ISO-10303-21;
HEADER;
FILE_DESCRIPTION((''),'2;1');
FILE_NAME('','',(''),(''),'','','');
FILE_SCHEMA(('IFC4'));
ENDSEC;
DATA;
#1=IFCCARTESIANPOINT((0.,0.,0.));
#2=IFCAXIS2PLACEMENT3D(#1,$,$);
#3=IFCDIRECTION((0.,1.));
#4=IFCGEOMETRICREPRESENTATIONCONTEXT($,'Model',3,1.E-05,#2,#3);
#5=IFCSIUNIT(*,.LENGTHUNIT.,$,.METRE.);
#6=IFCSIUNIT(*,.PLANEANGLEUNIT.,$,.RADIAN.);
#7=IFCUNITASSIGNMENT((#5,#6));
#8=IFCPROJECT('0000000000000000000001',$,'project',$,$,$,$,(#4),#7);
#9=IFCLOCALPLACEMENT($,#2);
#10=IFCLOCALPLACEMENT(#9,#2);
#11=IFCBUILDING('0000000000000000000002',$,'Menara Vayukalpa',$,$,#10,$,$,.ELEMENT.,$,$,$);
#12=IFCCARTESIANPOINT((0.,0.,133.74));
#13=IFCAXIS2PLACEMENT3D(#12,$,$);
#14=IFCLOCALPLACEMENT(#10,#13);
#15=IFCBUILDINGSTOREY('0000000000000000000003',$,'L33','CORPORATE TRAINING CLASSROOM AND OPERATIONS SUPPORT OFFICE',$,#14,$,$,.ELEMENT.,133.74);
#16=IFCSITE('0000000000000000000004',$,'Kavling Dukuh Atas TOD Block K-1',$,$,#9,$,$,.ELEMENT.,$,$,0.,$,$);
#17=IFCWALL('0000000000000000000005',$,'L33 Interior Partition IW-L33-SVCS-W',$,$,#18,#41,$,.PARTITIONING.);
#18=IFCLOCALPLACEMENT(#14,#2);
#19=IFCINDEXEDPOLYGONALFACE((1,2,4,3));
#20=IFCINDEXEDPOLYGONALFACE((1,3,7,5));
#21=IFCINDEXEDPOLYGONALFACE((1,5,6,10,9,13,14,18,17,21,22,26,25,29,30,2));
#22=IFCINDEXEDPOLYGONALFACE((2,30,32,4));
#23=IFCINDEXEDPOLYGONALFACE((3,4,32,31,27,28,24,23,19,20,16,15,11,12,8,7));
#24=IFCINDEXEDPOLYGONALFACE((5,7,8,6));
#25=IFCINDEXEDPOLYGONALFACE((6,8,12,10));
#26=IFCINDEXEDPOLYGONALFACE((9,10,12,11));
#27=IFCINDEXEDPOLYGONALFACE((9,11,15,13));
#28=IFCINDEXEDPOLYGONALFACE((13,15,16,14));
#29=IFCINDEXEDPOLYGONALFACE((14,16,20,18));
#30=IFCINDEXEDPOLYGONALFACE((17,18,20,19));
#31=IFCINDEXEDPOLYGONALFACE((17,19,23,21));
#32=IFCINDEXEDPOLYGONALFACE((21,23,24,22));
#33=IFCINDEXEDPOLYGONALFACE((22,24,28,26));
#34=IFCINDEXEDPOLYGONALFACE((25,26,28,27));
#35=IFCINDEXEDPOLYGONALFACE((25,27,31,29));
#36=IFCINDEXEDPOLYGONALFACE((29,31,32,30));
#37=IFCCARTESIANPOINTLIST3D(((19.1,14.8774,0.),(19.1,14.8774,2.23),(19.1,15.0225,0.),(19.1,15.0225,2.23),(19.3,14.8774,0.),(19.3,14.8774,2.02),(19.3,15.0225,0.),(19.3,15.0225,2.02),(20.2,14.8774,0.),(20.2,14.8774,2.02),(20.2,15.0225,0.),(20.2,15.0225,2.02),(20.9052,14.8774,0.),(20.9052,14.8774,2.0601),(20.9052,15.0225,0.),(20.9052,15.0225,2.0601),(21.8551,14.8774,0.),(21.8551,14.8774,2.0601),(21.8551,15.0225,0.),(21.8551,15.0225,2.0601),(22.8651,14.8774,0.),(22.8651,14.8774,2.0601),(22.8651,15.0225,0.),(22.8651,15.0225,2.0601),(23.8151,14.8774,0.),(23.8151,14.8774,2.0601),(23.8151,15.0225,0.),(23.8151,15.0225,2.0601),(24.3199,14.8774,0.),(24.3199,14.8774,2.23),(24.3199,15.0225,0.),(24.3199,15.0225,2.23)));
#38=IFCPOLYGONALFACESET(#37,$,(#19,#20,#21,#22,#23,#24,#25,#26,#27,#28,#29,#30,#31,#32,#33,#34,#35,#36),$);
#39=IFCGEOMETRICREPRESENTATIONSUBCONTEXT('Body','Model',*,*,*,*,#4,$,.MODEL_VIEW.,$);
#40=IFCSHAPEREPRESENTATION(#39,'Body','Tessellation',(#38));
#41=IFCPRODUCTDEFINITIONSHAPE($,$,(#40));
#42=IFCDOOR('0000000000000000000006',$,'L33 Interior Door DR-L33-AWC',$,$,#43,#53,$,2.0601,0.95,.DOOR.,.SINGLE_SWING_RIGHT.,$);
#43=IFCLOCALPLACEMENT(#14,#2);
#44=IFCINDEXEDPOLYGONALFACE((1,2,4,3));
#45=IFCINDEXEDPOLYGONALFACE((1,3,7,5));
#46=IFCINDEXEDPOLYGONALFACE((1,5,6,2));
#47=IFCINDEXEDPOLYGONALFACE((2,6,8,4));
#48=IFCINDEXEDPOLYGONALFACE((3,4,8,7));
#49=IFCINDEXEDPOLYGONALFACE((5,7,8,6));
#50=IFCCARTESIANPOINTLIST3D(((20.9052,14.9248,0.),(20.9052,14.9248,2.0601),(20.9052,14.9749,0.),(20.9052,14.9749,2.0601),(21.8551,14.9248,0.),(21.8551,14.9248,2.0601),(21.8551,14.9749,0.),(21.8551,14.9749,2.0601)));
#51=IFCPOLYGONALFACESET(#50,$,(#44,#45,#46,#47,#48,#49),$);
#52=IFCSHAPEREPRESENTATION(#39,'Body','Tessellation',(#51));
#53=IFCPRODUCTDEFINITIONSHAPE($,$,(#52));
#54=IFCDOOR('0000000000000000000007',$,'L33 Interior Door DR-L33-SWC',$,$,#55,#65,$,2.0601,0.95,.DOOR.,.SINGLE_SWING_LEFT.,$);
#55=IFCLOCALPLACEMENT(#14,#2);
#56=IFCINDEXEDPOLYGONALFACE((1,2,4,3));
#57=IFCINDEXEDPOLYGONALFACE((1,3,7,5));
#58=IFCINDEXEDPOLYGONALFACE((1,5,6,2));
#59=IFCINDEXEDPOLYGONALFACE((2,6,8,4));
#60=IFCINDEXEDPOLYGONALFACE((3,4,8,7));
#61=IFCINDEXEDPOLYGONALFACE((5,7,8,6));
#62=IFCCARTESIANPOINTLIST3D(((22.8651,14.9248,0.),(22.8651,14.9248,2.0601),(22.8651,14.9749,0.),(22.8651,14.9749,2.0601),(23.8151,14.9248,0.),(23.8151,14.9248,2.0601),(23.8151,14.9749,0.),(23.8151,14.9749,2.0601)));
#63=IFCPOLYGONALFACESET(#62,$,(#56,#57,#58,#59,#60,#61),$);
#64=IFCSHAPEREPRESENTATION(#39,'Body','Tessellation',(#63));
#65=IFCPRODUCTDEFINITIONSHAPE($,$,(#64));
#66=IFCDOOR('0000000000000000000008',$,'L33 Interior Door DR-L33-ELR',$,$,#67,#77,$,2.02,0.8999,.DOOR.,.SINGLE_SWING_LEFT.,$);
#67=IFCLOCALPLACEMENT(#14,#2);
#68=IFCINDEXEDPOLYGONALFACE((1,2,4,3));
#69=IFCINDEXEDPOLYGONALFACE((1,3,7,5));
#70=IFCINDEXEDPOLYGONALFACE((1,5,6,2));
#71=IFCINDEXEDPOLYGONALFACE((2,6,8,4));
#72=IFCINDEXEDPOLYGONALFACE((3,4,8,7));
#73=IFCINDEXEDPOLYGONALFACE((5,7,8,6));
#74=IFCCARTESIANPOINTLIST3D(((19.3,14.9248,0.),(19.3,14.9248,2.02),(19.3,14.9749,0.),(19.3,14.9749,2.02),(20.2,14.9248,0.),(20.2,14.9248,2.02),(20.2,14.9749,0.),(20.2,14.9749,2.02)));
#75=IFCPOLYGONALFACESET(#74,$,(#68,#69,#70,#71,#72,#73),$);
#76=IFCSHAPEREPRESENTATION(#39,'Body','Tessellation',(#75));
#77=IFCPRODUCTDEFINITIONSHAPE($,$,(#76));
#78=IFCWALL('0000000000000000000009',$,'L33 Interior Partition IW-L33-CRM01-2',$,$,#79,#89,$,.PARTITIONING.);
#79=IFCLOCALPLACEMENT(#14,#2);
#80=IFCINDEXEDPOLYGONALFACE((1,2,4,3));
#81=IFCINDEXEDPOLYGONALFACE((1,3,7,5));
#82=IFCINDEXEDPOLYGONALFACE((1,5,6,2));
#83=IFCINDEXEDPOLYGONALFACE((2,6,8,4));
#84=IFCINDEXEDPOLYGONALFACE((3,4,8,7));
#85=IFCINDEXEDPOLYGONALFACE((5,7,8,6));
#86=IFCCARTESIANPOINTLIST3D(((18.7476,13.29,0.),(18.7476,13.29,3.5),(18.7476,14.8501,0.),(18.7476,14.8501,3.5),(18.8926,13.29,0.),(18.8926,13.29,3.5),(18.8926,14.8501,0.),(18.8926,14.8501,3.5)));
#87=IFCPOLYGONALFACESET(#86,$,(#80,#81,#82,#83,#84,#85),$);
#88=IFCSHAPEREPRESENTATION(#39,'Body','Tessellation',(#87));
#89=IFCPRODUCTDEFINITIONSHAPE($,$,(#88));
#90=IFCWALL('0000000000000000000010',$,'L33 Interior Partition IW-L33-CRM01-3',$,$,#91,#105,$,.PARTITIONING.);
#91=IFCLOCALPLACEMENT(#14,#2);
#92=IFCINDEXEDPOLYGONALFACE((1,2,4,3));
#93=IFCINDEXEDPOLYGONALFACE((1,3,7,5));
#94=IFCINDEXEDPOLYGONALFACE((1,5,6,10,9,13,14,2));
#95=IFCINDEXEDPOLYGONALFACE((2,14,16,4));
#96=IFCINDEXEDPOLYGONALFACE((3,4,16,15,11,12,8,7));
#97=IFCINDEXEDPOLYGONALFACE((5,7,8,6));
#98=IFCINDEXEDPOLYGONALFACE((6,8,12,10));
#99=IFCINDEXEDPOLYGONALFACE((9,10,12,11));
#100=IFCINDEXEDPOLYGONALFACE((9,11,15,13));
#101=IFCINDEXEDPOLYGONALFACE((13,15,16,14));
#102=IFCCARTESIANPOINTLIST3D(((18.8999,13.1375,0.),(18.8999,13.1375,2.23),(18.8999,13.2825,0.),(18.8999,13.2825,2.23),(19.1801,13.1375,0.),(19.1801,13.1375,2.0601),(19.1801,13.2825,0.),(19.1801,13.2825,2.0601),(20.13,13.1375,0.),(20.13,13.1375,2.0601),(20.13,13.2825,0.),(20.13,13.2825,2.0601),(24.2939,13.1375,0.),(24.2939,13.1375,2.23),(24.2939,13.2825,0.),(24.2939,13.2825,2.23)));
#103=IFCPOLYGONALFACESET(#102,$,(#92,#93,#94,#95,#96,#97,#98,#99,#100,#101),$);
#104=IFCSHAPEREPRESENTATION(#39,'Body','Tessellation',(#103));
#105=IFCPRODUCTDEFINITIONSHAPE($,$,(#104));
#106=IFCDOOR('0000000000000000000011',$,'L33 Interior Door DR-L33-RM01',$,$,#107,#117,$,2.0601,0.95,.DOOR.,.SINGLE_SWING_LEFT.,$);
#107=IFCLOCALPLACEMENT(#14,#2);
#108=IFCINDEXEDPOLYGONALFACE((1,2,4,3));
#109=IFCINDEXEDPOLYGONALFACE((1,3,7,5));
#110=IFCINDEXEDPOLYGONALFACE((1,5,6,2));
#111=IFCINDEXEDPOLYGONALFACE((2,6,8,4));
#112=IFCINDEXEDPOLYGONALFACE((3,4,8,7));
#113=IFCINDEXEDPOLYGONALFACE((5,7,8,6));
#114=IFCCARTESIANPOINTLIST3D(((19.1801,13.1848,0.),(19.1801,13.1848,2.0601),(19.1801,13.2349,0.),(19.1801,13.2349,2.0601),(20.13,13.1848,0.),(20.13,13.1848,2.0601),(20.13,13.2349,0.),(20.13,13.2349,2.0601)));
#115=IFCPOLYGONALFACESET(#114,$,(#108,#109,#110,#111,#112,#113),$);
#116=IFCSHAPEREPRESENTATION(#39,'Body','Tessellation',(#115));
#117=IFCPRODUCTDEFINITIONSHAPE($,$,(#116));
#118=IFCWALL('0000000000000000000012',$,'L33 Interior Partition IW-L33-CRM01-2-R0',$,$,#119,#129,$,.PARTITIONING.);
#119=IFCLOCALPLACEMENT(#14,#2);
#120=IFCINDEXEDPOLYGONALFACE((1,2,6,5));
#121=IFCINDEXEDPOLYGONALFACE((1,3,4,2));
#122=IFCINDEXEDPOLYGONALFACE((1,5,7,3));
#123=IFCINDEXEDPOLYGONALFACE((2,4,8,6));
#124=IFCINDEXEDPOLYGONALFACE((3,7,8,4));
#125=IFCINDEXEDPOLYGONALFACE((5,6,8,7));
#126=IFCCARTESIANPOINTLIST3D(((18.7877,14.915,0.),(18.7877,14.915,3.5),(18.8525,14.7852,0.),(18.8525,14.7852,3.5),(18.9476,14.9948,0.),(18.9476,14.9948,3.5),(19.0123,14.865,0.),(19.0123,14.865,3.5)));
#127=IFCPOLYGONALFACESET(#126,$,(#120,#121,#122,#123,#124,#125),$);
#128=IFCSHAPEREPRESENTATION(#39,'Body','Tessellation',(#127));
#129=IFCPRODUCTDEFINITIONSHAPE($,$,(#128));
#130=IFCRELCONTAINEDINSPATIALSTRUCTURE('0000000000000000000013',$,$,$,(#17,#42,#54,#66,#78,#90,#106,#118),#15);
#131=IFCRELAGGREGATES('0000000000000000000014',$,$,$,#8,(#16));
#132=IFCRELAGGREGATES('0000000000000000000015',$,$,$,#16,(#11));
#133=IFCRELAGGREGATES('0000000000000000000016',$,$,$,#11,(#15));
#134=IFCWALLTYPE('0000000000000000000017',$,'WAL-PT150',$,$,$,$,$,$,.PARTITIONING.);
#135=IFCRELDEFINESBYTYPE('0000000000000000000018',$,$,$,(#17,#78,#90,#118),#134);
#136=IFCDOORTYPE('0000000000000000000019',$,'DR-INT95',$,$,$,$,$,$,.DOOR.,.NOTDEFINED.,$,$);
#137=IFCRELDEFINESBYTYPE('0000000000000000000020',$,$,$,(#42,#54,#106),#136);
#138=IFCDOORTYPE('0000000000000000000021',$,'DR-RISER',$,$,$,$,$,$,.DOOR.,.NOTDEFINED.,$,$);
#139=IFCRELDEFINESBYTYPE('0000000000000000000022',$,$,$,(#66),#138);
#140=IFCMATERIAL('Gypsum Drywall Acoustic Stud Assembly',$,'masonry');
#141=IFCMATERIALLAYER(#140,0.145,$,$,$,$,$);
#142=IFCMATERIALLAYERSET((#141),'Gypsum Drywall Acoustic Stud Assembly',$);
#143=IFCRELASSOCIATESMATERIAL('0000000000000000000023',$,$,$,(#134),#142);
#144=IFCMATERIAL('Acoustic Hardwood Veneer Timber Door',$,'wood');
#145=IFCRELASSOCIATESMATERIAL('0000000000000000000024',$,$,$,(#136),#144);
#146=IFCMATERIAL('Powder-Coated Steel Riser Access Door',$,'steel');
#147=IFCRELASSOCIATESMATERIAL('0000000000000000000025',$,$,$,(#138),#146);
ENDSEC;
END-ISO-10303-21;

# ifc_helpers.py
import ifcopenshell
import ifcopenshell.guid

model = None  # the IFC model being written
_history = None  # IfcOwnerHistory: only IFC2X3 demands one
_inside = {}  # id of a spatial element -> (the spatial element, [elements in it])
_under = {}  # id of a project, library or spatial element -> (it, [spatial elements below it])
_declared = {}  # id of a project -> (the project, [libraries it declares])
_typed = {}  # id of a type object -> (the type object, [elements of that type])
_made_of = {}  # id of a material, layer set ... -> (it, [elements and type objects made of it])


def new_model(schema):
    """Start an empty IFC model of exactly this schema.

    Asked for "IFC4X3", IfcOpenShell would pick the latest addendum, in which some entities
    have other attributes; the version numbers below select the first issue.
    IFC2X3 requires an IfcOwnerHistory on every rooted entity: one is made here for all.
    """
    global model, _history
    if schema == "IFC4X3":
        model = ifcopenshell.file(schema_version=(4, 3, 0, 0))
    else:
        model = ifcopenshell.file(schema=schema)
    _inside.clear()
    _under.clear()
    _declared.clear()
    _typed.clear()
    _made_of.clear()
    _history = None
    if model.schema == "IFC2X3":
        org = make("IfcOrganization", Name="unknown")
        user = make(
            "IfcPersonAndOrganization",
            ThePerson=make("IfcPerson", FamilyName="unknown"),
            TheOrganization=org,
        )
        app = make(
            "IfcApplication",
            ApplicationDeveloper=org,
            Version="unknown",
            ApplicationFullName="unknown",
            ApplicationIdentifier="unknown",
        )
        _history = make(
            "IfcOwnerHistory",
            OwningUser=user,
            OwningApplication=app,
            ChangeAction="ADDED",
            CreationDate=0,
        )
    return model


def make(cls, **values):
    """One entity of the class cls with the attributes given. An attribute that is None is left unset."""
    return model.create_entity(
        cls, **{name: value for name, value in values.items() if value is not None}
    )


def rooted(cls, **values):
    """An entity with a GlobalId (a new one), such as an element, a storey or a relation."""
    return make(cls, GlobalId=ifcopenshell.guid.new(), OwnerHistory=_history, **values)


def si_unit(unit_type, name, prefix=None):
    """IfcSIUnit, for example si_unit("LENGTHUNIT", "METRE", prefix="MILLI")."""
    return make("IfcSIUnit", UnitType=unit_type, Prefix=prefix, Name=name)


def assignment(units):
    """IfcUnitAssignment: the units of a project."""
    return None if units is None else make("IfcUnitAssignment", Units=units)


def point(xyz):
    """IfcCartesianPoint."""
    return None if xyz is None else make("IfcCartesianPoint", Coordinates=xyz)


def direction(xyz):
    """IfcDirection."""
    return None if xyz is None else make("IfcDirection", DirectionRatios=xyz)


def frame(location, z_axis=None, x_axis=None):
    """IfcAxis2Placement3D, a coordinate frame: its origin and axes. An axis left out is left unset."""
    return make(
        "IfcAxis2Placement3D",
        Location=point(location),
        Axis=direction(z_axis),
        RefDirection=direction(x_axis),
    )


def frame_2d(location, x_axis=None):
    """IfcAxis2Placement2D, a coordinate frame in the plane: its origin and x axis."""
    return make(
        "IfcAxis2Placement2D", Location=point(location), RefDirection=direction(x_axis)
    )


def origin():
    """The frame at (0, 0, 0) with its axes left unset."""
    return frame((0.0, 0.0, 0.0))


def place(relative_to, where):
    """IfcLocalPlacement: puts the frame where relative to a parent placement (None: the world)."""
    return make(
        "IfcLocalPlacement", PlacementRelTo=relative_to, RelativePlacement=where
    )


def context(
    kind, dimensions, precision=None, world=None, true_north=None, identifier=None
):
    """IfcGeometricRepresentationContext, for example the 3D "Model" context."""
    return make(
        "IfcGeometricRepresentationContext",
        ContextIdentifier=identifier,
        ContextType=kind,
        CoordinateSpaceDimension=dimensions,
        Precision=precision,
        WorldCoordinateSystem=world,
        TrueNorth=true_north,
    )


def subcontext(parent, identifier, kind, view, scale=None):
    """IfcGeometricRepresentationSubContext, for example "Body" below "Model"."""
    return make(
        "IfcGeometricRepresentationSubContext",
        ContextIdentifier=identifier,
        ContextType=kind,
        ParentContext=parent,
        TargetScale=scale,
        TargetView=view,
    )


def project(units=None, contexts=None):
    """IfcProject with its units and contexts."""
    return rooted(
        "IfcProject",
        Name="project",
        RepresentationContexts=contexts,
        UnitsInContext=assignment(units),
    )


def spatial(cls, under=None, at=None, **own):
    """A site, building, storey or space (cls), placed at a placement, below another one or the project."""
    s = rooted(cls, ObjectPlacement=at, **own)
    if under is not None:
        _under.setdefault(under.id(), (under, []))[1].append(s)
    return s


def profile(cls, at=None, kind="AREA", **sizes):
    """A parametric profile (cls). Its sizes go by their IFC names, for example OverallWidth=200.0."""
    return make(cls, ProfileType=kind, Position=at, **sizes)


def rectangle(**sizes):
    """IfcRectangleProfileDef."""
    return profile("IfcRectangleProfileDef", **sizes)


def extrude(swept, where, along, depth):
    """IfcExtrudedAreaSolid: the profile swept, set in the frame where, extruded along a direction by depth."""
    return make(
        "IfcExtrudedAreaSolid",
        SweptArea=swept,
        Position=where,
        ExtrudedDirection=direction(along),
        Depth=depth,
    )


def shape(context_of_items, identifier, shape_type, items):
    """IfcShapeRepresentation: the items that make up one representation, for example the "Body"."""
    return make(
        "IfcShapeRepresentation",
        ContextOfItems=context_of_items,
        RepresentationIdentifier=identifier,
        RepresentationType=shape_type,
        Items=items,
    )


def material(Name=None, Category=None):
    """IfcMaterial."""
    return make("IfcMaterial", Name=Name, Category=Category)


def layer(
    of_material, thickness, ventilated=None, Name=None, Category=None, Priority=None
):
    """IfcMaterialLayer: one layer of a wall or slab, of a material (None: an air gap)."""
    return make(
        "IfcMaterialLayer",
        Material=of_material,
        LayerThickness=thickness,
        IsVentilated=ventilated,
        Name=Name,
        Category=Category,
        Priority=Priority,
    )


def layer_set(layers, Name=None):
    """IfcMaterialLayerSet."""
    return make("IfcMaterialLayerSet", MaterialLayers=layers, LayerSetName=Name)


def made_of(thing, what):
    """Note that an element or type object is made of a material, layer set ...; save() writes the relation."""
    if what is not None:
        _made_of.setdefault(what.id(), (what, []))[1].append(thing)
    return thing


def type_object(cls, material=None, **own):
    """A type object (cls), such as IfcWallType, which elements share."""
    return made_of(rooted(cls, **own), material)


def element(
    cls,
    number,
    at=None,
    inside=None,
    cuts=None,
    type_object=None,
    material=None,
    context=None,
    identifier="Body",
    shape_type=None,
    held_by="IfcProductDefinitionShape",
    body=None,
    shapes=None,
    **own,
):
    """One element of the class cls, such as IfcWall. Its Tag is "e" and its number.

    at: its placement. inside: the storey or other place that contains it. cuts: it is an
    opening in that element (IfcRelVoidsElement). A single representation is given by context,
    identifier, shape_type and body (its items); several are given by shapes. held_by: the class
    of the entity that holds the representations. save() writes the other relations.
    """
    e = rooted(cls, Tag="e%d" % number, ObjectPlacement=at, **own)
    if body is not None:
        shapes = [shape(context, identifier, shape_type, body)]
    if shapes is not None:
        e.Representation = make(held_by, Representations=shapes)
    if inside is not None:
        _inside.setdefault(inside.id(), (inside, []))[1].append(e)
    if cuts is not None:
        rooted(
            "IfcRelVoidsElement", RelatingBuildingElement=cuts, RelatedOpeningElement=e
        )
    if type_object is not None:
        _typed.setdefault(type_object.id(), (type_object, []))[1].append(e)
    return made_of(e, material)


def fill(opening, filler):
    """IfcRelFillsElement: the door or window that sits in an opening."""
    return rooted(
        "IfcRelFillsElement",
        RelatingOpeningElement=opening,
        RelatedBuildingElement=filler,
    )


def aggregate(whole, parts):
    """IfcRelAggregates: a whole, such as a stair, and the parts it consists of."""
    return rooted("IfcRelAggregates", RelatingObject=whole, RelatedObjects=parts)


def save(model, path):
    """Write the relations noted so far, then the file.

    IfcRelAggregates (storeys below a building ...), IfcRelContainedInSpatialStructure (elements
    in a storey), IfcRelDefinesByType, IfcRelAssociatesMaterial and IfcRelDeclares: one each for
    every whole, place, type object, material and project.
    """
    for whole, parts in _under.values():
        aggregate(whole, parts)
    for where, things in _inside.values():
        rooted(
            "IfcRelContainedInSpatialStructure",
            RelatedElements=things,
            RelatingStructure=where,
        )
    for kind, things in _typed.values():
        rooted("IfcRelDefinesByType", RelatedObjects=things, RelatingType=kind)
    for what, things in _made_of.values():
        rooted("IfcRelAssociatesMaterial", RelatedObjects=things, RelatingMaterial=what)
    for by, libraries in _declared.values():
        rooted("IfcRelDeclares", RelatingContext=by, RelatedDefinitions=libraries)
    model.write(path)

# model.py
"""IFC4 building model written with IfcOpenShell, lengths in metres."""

from ifc_helpers import new_model, si_unit, direction, frame, frame_2d, origin, place, context, subcontext, project, spatial, rectangle, extrude, material, layer, layer_set, type_object, element, fill, save


model = new_model("IFC4")

# Units and contexts
model_context = context("Model", 3, precision=1e-05, world=origin(), true_north=direction((0.0, 1.0)))
body_context = subcontext(model_context, "Body", "Model", "MODEL_VIEW")
ifc_project = project(units=[si_unit("LENGTHUNIT", "METRE"), si_unit("PLANEANGLEUNIT", "RADIAN")], contexts=[model_context])

# Site, building, storey
site_placement = place(None, origin())
site = spatial("IfcSite", under=ifc_project, at=site_placement, Name="Kavling Dukuh Atas TOD Block K-1", CompositionType="ELEMENT", RefElevation=0.0)
building_placement = place(site_placement, origin())
building = spatial("IfcBuilding", under=site, at=building_placement, Name="Menara Vayukalpa", CompositionType="ELEMENT")
storey_placement = place(building_placement, frame((0.0, 0.0, 133.74)))
storey = spatial("IfcBuildingStorey", under=building, at=storey_placement, Name="L33", Description="CORPORATE TRAINING CLASSROOM AND OPERATIONS SUPPORT OFFICE", CompositionType="ELEMENT", Elevation=133.74)

# Wall, openings, doors
ifc_material_1 = material(Name="Gypsum Drywall Acoustic Stud Assembly", Category="masonry")
ifc_layer_1 = layer(ifc_material_1, 0.145)
ifc_layer_set_1 = layer_set([ifc_layer_1], Name="Gypsum Drywall Acoustic Stud Assembly")
wall_type_1 = type_object("IfcWallType", Name="WAL-PT150", PredefinedType="PARTITIONING", material=ifc_layer_set_1)
wall_1_placement = place(storey_placement, frame((19.1001, 14.95, 0.0), z_axis=(0.0, 0.0, 1.0), x_axis=(1.0, 0.0, 0.0)))
wall_1 = element("IfcWall", 1, at=wall_1_placement, inside=storey, type_object=wall_type_1, Name="L33 Interior Partition IW-L33-SVCS-W", PredefinedType="PARTITIONING", context=body_context, shape_type="SweptSolid", body=[
    extrude(rectangle(XDim=5.22, YDim=0.145, at=frame_2d((2.6099, 0.0))), origin(), (0.0, 0.0, 1.0), 2.23),
])
opening_1_placement = place(wall_1_placement, frame((0.2, 0.0, 0.0)))
opening_1 = element("IfcOpeningElement", 2, at=opening_1_placement, cuts=wall_1, PredefinedType="OPENING", context=body_context, shape_type="SweptSolid", body=[
    extrude(rectangle(XDim=0.8999, YDim=2.02, at=frame_2d((0.45, 1.01))), frame((0.0, 0.0825, 0.0), z_axis=(0.0, -1.0, 0.0), x_axis=(1.0, 0.0, 0.0)), (0.0, 0.0, 1.0), 0.165),
])
opening_2_placement = place(wall_1_placement, frame((1.8049, 0.0, 0.0)))
opening_2 = element("IfcOpeningElement", 3, at=opening_2_placement, cuts=wall_1, PredefinedType="OPENING", context=body_context, shape_type="SweptSolid", body=[
    extrude(rectangle(XDim=0.95, YDim=2.0601, at=frame_2d((0.4751, 1.03))), frame((0.0, 0.0825, 0.0), z_axis=(0.0, -1.0, 0.0), x_axis=(1.0, 0.0, 0.0)), (0.0, 0.0, 1.0), 0.165),
])
opening_3_placement = place(wall_1_placement, frame((3.7649, 0.0, 0.0)))
opening_3 = element("IfcOpeningElement", 4, at=opening_3_placement, cuts=wall_1, PredefinedType="OPENING", context=body_context, shape_type="SweptSolid", body=[
    extrude(rectangle(XDim=0.95, YDim=2.0601, at=frame_2d((0.4751, 1.03))), frame((0.0, 0.0825, 0.0), z_axis=(0.0, -1.0, 0.0), x_axis=(1.0, 0.0, 0.0)), (0.0, 0.0, 1.0), 0.165),
])
ifc_material_2 = material(Name="Acoustic Hardwood Veneer Timber Door", Category="wood")
door_type_1 = type_object("IfcDoorType", Name="DR-INT95", OperationType="NOTDEFINED", PredefinedType="DOOR", material=ifc_material_2)
door_1_placement = place(opening_2_placement, origin())
door_1 = element("IfcDoor", 5, at=door_1_placement, inside=storey, type_object=door_type_1, Name="L33 Interior Door DR-L33-AWC", OperationType="SINGLE_SWING_RIGHT", OverallHeight=2.0601, OverallWidth=0.95, PredefinedType="DOOR", context=body_context, shape_type="SweptSolid", body=[
    extrude(rectangle(XDim=0.95, YDim=2.0601, at=frame_2d((0.4751, 1.03))), frame((0.0, 0.0249, 0.0), z_axis=(0.0, -1.0, 0.0), x_axis=(1.0, 0.0, 0.0)), (0.0, 0.0, 1.0), 0.05),
])
fill(opening_2, door_1)
door_2_placement = place(opening_3_placement, origin())
door_2 = element("IfcDoor", 6, at=door_2_placement, inside=storey, type_object=door_type_1, Name="L33 Interior Door DR-L33-SWC", OperationType="SINGLE_SWING_LEFT", OverallHeight=2.0601, OverallWidth=0.95, PredefinedType="DOOR", context=body_context, shape_type="SweptSolid", body=[
    extrude(rectangle(XDim=0.95, YDim=2.0601, at=frame_2d((0.4751, 1.03))), frame((0.0, 0.0249, 0.0), z_axis=(0.0, -1.0, 0.0), x_axis=(1.0, 0.0, 0.0)), (0.0, 0.0, 1.0), 0.05),
])
fill(opening_3, door_2)
ifc_material_3 = material(Name="Powder-Coated Steel Riser Access Door", Category="steel")
door_type_2 = type_object("IfcDoorType", Name="DR-RISER", OperationType="NOTDEFINED", PredefinedType="DOOR", material=ifc_material_3)
door_3_placement = place(opening_1_placement, origin())
door_3 = element("IfcDoor", 7, at=door_3_placement, inside=storey, type_object=door_type_2, Name="L33 Interior Door DR-L33-ELR", OperationType="SINGLE_SWING_LEFT", OverallHeight=2.02, OverallWidth=0.8999, PredefinedType="DOOR", context=body_context, shape_type="SweptSolid", body=[
    extrude(rectangle(XDim=0.8999, YDim=2.02, at=frame_2d((0.45, 1.01))), frame((0.0, 0.0249, 0.0), z_axis=(0.0, -1.0, 0.0), x_axis=(1.0, 0.0, 0.0)), (0.0, 0.0, 1.0), 0.05),
])
fill(opening_1, door_3)

# Wall
wall_2_placement = place(storey_placement, frame((18.8201, 14.8501, 0.0), z_axis=(0.0, 0.0, 1.0), x_axis=(0.0, -1.0, 0.0)))
element("IfcWall", 8, at=wall_2_placement, inside=storey, type_object=wall_type_1, Name="L33 Interior Partition IW-L33-CRM01-2", PredefinedType="PARTITIONING", context=body_context, shape_type="SweptSolid", body=[
    extrude(rectangle(XDim=1.5601, YDim=0.145, at=frame_2d((0.78, 0.0))), origin(), (0.0, 0.0, 1.0), 3.5),
])

# Wall, opening, door
wall_3_placement = place(storey_placement, frame((18.8999, 13.21, 0.0), z_axis=(0.0, 0.0, 1.0), x_axis=(1.0, 0.0, 0.0)))
wall_3 = element("IfcWall", 9, at=wall_3_placement, inside=storey, type_object=wall_type_1, Name="L33 Interior Partition IW-L33-CRM01-3", PredefinedType="PARTITIONING", context=body_context, shape_type="SweptSolid", body=[
    extrude(rectangle(XDim=5.394, YDim=0.145, at=frame_2d((2.697, 0.0))), origin(), (0.0, 0.0, 1.0), 2.23),
])
opening_4_placement = place(wall_3_placement, frame((0.28, 0.0, 0.0)))
opening_4 = element("IfcOpeningElement", 10, at=opening_4_placement, cuts=wall_3, PredefinedType="OPENING", context=body_context, shape_type="SweptSolid", body=[
    extrude(rectangle(XDim=0.95, YDim=2.0601, at=frame_2d((0.4751, 1.03))), frame((0.0, 0.0825, 0.0), z_axis=(0.0, -1.0, 0.0), x_axis=(1.0, 0.0, 0.0)), (0.0, 0.0, 1.0), 0.165),
])
door_4_placement = place(opening_4_placement, origin())
door_4 = element("IfcDoor", 11, at=door_4_placement, inside=storey, type_object=door_type_1, Name="L33 Interior Door DR-L33-RM01", OperationType="SINGLE_SWING_LEFT", OverallHeight=2.0601, OverallWidth=0.95, PredefinedType="DOOR", context=body_context, shape_type="SweptSolid", body=[
    extrude(rectangle(XDim=0.95, YDim=2.0601, at=frame_2d((0.4751, 1.03))), frame((0.0, 0.0249, 0.0), z_axis=(0.0, -1.0, 0.0), x_axis=(1.0, 0.0, 0.0)), (0.0, 0.0, 1.0), 0.05),
])
fill(opening_4, door_4)

# Wall
wall_4_placement = place(storey_placement, frame((18.8201, 14.8501, 0.0), z_axis=(0.0, 0.0, 1.0), x_axis=(0.8947, 0.446667, 0.0)))
element("IfcWall", 12, at=wall_4_placement, inside=storey, type_object=wall_type_1, Name="L33 Interior Partition IW-L33-CRM01-2-R0", PredefinedType="PARTITIONING", context=body_context, shape_type="SweptSolid", body=[
    extrude(rectangle(XDim=0.1787, YDim=0.145, at=frame_2d((0.0894, 0.0))), origin(), (0.0, 0.0, 1.0), 3.5),
])

save(model, "model.ifc")
